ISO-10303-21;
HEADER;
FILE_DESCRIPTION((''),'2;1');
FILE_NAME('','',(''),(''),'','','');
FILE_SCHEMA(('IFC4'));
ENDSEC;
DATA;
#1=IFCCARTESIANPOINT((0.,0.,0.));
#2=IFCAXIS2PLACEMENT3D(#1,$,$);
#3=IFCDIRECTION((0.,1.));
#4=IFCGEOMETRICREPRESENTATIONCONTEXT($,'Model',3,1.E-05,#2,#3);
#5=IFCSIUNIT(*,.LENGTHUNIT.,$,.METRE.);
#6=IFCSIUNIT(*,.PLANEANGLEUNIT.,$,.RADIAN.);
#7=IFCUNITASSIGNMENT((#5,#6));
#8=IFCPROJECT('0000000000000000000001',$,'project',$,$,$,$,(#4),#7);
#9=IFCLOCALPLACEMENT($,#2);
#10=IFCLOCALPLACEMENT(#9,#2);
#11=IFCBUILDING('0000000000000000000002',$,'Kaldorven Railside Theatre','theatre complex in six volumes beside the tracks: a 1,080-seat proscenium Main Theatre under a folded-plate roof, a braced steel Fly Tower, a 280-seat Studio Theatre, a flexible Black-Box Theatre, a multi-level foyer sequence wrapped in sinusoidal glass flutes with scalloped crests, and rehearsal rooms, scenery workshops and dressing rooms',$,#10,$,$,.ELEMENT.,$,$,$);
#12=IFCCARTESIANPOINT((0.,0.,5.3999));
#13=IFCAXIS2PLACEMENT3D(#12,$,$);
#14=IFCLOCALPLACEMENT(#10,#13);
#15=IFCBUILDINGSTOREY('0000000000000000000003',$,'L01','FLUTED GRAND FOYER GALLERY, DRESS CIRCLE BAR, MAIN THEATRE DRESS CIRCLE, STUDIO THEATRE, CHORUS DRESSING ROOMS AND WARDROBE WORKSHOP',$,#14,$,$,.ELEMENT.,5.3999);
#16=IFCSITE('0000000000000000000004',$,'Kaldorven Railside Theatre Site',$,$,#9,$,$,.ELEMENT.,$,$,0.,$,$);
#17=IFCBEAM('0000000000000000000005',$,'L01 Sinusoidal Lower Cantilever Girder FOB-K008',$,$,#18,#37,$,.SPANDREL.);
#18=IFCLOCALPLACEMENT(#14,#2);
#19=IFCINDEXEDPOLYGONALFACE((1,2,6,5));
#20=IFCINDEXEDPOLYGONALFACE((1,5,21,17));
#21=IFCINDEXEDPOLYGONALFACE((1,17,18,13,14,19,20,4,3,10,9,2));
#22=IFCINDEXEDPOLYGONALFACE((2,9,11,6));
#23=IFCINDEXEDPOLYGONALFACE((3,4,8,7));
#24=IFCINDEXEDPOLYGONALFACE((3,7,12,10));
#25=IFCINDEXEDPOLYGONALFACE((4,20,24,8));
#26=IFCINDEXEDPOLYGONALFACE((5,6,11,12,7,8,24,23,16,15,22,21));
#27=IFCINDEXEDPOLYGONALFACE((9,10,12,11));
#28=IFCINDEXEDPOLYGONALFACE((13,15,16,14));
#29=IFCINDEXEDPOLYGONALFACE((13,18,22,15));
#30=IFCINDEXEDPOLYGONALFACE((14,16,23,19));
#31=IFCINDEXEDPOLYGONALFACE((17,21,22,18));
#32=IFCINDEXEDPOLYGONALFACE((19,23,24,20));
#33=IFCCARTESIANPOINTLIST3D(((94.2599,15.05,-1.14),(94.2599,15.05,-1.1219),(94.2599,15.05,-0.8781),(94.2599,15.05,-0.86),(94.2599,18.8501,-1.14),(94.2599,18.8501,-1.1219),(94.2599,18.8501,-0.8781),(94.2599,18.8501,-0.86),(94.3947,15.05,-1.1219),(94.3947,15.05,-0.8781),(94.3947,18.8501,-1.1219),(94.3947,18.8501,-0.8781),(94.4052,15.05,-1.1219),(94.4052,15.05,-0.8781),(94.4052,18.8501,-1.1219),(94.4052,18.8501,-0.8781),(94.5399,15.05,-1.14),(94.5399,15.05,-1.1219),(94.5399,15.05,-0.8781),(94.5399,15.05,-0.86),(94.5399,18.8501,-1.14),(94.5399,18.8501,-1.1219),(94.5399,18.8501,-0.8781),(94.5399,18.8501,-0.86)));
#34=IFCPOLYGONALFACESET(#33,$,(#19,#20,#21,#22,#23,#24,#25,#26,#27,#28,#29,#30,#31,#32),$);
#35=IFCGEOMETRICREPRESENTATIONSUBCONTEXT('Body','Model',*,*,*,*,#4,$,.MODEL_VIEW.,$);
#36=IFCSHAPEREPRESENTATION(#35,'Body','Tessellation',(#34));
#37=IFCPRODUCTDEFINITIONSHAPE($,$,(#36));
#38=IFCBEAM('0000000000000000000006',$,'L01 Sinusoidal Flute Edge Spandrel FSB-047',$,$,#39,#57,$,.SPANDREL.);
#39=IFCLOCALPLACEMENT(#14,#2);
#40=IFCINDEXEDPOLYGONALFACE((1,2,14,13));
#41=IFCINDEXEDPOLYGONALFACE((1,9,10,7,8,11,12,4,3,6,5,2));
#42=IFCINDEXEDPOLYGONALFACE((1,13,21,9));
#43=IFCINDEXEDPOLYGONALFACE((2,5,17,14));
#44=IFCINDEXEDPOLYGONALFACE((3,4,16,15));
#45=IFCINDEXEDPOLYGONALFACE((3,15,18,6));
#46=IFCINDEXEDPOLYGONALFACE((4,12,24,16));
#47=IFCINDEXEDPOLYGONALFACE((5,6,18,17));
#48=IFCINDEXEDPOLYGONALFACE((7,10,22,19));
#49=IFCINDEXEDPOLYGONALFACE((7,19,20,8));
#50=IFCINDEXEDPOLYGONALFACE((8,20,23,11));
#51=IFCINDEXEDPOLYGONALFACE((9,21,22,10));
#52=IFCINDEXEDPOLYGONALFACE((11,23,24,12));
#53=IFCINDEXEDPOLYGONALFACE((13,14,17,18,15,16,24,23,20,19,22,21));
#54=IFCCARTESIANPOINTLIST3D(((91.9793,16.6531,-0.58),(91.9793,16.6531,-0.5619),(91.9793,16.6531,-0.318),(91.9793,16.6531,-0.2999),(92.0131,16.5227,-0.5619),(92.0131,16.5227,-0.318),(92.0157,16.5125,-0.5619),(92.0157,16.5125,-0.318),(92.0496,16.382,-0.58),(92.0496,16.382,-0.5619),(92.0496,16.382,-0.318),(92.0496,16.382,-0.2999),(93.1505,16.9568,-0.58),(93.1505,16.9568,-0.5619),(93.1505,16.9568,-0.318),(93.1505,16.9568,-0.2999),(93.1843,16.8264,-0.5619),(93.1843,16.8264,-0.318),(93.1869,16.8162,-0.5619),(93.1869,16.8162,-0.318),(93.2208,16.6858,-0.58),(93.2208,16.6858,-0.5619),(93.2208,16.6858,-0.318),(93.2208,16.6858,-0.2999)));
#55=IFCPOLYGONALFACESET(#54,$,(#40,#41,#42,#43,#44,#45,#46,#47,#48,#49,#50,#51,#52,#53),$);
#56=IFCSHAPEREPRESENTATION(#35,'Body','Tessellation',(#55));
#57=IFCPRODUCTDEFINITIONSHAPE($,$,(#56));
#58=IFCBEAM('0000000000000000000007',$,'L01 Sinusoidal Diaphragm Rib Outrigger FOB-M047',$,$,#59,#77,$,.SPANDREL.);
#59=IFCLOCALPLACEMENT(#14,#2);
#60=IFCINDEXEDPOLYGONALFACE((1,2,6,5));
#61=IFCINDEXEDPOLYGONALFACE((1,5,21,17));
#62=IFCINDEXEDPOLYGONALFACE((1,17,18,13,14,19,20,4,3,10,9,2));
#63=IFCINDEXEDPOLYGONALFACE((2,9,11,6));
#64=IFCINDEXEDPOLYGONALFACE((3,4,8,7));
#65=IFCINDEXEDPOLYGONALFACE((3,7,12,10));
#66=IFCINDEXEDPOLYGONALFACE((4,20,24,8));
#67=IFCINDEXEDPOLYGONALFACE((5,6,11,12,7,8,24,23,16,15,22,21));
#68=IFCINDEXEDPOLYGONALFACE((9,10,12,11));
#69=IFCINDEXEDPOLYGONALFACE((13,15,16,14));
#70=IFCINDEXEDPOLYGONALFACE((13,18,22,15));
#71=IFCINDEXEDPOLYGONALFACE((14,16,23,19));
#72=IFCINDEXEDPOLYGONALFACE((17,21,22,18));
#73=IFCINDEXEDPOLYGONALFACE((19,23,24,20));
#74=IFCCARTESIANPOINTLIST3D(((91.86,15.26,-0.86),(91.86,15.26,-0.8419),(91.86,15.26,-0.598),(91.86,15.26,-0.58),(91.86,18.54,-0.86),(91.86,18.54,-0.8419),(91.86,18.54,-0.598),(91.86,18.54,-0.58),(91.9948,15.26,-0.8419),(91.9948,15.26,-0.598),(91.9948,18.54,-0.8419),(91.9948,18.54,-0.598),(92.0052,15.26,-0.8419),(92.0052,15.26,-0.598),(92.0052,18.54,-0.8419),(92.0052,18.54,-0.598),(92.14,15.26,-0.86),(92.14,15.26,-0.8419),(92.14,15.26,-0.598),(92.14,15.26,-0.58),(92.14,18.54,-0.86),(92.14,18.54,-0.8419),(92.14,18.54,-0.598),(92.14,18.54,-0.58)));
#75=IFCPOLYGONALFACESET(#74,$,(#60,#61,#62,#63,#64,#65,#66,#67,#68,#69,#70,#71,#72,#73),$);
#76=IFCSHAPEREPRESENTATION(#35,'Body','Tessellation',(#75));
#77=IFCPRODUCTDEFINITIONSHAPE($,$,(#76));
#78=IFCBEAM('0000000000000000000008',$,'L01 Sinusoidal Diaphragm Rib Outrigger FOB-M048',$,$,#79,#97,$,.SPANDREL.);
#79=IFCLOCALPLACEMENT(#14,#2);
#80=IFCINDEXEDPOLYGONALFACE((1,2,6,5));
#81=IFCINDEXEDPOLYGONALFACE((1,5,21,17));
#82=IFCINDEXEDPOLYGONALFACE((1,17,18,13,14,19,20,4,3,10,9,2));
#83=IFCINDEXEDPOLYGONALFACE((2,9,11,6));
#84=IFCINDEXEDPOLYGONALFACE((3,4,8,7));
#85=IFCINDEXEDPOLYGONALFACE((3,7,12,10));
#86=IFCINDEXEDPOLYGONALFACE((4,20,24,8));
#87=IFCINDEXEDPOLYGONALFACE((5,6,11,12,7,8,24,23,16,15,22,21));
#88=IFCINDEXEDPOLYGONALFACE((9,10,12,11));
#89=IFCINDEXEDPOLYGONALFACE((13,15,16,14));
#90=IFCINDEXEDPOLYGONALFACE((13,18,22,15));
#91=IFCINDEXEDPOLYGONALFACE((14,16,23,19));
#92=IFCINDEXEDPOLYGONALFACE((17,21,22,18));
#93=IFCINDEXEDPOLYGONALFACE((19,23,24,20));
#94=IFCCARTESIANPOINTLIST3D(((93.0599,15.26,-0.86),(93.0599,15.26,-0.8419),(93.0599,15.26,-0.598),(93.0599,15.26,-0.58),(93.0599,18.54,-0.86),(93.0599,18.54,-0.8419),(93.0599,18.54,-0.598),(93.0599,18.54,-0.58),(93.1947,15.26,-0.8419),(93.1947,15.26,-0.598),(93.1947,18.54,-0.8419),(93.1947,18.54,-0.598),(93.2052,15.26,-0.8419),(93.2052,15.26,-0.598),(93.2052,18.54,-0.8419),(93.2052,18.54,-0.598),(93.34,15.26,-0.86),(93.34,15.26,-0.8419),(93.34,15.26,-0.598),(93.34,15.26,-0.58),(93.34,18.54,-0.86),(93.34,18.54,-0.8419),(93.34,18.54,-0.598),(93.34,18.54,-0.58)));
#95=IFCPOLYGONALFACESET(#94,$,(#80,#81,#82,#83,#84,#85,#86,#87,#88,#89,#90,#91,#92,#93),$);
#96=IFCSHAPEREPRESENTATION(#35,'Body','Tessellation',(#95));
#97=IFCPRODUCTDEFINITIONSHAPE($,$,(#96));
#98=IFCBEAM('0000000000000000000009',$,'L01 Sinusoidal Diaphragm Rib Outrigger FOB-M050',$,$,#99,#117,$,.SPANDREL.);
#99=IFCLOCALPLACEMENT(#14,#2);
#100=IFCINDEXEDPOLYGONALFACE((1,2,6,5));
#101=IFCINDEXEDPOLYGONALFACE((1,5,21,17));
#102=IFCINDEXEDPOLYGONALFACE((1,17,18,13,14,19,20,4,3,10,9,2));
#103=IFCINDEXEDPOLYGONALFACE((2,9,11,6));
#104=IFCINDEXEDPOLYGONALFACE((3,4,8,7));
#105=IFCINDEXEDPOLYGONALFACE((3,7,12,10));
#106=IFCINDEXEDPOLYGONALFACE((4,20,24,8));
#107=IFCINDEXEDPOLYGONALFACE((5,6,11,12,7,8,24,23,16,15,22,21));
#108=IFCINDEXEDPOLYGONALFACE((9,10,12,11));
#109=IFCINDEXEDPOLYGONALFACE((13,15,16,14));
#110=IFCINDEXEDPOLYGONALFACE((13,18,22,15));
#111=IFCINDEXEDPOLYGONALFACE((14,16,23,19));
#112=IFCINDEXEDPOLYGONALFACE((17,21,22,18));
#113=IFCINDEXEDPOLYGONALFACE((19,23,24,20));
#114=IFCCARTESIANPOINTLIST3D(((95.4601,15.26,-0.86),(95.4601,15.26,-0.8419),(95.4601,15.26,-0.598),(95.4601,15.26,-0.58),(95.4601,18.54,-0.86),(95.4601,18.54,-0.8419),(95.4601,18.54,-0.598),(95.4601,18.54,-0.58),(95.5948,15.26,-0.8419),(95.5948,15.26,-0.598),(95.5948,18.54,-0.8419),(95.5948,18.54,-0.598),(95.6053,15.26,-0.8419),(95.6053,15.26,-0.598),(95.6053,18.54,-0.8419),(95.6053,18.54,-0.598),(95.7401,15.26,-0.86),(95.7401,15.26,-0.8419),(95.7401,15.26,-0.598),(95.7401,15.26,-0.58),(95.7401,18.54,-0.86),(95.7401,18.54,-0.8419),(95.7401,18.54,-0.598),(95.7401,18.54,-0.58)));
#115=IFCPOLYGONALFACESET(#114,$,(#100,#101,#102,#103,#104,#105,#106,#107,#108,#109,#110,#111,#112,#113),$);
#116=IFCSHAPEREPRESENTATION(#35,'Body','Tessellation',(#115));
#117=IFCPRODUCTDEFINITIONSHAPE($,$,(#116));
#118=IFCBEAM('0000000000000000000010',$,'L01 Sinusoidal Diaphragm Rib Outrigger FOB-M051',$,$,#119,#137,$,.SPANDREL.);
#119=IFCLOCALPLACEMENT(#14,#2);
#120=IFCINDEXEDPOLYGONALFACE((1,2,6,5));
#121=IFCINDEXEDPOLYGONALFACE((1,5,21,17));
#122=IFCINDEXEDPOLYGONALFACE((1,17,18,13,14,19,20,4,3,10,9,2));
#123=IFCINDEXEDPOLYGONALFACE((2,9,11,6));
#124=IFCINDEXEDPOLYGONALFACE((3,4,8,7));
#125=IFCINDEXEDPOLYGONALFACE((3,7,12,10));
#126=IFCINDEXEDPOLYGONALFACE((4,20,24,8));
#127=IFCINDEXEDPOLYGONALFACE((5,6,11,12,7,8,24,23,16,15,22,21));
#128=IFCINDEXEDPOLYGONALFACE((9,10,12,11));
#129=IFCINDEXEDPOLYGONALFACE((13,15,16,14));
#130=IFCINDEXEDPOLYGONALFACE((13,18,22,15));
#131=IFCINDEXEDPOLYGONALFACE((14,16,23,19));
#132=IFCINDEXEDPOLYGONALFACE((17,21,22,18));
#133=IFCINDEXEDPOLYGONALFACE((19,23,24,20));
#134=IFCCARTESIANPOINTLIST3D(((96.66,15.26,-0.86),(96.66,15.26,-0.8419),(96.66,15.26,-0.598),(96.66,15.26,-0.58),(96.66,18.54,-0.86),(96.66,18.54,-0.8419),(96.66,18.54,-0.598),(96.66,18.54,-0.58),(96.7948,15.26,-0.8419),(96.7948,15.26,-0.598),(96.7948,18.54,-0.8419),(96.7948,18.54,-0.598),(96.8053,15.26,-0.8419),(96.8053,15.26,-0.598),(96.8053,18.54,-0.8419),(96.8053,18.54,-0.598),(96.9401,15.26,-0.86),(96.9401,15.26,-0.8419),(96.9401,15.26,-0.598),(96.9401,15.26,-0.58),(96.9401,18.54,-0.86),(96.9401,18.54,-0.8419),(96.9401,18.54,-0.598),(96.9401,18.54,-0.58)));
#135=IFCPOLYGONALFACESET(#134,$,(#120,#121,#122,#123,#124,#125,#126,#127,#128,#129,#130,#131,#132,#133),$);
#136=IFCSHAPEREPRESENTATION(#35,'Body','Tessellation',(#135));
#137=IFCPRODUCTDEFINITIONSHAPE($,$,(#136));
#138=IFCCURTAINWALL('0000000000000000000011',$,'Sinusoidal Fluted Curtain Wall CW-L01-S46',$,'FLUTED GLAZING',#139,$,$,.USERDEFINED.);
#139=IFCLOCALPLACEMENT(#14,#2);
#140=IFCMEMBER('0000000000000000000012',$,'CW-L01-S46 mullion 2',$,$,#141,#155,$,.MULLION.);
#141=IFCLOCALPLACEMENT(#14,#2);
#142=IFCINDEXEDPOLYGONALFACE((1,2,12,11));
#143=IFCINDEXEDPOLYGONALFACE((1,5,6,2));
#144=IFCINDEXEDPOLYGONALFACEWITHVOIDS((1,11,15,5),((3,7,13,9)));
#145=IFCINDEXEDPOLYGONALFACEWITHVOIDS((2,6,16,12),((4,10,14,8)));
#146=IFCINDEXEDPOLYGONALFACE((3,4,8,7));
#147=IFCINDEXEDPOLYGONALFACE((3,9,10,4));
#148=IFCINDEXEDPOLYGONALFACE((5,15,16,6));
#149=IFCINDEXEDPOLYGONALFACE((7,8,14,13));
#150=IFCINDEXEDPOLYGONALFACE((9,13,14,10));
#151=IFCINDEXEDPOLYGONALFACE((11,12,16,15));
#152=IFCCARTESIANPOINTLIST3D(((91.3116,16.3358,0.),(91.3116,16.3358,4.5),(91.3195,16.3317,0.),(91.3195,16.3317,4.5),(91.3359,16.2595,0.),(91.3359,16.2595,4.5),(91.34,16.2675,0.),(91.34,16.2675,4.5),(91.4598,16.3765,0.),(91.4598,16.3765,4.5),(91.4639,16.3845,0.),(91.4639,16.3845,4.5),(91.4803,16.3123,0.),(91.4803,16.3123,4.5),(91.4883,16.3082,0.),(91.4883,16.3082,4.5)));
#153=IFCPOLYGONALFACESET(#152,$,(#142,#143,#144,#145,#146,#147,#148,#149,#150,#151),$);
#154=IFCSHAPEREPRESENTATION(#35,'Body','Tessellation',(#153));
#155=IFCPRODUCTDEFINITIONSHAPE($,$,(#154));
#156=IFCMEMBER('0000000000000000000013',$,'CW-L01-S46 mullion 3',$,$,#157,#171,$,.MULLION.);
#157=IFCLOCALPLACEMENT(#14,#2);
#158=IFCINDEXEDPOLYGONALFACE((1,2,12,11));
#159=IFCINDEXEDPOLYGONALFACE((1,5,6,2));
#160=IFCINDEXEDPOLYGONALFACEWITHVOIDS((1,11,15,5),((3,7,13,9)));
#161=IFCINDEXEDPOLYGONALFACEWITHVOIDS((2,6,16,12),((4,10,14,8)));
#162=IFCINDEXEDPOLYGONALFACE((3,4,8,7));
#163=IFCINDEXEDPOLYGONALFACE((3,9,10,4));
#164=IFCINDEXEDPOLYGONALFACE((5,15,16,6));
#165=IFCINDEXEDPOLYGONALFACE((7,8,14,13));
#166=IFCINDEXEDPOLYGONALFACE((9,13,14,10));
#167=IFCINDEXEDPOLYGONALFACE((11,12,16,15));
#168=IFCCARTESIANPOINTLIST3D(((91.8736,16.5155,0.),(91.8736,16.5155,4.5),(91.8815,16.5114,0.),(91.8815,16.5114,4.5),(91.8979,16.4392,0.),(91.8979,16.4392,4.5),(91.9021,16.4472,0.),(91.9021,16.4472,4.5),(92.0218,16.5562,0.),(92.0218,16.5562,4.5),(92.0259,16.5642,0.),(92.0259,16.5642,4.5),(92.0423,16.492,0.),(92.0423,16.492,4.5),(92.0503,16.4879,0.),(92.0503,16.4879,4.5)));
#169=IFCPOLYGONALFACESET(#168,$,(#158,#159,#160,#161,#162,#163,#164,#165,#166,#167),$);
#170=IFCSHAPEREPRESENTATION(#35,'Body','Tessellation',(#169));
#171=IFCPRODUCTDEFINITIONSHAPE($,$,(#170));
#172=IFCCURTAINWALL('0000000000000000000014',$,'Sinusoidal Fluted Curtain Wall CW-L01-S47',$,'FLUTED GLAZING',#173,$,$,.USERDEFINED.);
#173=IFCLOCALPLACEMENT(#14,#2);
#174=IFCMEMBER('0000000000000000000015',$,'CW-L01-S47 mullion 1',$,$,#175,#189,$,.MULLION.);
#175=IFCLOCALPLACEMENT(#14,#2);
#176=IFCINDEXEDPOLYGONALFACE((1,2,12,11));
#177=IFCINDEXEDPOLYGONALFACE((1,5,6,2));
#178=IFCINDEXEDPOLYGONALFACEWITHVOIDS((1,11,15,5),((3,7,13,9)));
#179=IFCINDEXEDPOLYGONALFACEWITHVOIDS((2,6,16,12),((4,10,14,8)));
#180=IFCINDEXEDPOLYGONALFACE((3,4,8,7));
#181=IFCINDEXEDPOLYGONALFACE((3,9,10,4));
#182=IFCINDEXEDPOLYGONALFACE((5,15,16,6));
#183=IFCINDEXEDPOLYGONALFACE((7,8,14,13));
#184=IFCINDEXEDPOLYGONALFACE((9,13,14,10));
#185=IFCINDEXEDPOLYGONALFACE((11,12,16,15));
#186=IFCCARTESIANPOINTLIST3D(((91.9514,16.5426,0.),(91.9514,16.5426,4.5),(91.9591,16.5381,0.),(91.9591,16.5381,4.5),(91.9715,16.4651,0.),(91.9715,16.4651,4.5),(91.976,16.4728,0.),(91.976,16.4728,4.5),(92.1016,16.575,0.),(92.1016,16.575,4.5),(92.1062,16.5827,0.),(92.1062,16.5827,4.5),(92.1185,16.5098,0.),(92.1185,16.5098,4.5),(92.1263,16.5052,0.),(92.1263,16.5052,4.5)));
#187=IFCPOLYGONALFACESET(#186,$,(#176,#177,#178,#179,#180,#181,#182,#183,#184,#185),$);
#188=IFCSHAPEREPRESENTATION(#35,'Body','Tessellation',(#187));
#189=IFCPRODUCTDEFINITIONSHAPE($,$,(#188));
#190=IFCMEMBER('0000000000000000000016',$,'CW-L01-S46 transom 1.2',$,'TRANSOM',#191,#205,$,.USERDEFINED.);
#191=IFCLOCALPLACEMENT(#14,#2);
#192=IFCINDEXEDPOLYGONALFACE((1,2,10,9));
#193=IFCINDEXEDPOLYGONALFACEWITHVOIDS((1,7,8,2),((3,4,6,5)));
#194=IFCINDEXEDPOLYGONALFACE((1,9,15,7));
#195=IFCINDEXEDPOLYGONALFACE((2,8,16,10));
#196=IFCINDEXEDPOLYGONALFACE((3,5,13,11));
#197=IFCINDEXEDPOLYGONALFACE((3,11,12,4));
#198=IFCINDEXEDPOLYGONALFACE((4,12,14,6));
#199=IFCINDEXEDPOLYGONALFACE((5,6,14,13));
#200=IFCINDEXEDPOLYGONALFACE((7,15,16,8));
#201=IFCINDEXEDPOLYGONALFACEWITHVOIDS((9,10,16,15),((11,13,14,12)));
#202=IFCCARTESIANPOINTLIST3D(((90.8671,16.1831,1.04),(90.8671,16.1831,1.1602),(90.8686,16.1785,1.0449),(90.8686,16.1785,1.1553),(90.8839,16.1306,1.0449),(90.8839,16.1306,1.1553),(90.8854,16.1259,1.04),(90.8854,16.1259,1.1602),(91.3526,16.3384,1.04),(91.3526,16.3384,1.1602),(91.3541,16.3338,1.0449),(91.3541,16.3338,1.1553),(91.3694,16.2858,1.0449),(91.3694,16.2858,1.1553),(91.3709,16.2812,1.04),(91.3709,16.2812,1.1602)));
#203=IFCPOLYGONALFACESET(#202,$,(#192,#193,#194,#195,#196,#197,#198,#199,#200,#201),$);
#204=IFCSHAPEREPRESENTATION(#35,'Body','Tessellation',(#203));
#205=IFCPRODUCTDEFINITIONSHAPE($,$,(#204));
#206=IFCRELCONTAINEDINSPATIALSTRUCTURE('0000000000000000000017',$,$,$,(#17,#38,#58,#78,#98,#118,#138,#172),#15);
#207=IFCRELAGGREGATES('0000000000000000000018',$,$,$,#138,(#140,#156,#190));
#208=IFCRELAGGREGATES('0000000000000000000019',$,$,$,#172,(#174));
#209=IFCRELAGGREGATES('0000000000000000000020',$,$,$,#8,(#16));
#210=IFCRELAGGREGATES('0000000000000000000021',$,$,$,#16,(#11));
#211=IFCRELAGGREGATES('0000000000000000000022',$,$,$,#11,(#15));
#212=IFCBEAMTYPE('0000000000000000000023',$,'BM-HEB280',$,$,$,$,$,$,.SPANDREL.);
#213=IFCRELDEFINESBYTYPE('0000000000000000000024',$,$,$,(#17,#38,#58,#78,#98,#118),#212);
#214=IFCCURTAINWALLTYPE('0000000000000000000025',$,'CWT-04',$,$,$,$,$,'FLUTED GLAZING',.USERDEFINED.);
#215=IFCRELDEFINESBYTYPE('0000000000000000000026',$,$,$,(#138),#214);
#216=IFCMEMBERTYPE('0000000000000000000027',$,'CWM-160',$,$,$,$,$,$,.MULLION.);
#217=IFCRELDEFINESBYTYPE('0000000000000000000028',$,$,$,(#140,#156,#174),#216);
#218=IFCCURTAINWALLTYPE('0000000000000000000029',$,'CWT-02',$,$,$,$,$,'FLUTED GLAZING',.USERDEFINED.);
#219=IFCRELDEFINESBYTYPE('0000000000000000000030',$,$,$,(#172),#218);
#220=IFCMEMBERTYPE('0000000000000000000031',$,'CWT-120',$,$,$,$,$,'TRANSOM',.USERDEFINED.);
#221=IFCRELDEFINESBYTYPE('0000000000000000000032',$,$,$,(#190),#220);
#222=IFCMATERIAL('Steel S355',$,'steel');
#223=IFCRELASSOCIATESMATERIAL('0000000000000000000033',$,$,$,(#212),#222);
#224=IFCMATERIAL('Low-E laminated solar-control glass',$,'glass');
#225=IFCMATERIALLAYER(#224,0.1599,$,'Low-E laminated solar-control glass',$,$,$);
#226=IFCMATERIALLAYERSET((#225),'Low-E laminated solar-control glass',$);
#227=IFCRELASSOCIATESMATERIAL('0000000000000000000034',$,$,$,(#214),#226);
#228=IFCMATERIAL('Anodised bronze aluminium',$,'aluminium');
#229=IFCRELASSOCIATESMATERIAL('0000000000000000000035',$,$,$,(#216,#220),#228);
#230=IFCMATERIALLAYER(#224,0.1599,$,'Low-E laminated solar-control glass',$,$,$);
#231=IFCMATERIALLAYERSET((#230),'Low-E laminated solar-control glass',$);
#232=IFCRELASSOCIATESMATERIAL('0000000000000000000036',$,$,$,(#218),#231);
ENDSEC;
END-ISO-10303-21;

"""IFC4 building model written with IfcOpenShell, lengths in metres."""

from ifc_helpers import new_model, si_unit, direction, frame, origin, origin_2d, place, context, subcontext, project, spatial, hollow_rectangle, i_section, extrude, material, layer, layer_set, material_profile, profile_set, type_object, element, aggregate, save


model = new_model("IFC4")

# Units and contexts
model_context = context("Model", 3, precision=1e-05, world=origin(), true_north=direction((0.0, 1.0)))
body_context = subcontext(model_context, "Body", "Model", "MODEL_VIEW")
ifc_project = project(units=[si_unit("LENGTHUNIT", "METRE"), si_unit("PLANEANGLEUNIT", "RADIAN")], contexts=[model_context])

# Site, building, storey
site_placement = place(None, origin())
site = spatial("IfcSite", under=ifc_project, at=site_placement, Name="Kaldorven Railside Theatre Site", CompositionType="ELEMENT", RefElevation=0.0)
building_placement = place(site_placement, origin())
building = spatial("IfcBuilding", under=site, at=building_placement, Name="Kaldorven Railside Theatre", Description="theatre complex in six volumes beside the tracks: a 1,080-seat proscenium Main Theatre under a folded-plate roof, a braced steel Fly Tower, a 280-seat Studio Theatre, a flexible Black-Box Theatre, a multi-level foyer sequence wrapped in sinusoidal glass flutes with scalloped crests, and rehearsal rooms, scenery workshops and dressing rooms", CompositionType="ELEMENT")
storey_placement = place(building_placement, frame((0.0, 0.0, 5.3999)))
storey = spatial("IfcBuildingStorey", under=building, at=storey_placement, Name="L01", Description="FLUTED GRAND FOYER GALLERY, DRESS CIRCLE BAR, MAIN THEATRE DRESS CIRCLE, STUDIO THEATRE, CHORUS DRESSING ROOMS AND WARDROBE WORKSHOP", CompositionType="ELEMENT", Elevation=5.3999)

# Beams
ifc_material_1 = material(Name="Steel S355", Category="steel")
ifc_material_profile_1 = material_profile(ifc_material_1, i_section(OverallWidth=0.28, OverallDepth=0.28, WebThickness=0.0105, FlangeThickness=0.0181, at=origin_2d()), Name="HEB 280")
ifc_profile_set_1 = profile_set([ifc_material_profile_1], Name="Steel S355")
beam_type = type_object("IfcBeamType", Name="BM-HEB280", PredefinedType="SPANDREL", material=ifc_profile_set_1)
beam_1_placement = place(storey_placement, frame((94.3999, 15.05, -1.0), z_axis=(0.0, 1.0, 0.0), x_axis=(-1.0, 0.0, 0.0)))
element("IfcBeam", 1, at=beam_1_placement, inside=storey, type_object=beam_type, Name="L01 Sinusoidal Lower Cantilever Girder FOB-K008", PredefinedType="SPANDREL", context=body_context, shape_type="SweptSolid", body=[
    extrude(i_section(OverallWidth=0.28, OverallDepth=0.28, WebThickness=0.0105, FlangeThickness=0.0181, at=origin_2d()), origin(), (0.0, 0.0, 1.0), 3.8),
])
beam_2_placement = place(storey_placement, frame((92.0144, 16.5176, -0.4399), z_axis=(0.967981, 0.251025, 0.0), x_axis=(-0.251025, 0.967981, 0.0)))
element("IfcBeam", 2, at=beam_2_placement, inside=storey, type_object=beam_type, Name="L01 Sinusoidal Flute Edge Spandrel FSB-047", PredefinedType="SPANDREL", context=body_context, shape_type="SweptSolid", body=[
    extrude(i_section(OverallWidth=0.28, OverallDepth=0.28, WebThickness=0.0105, FlangeThickness=0.0181, at=origin_2d()), origin(), (0.0, 0.0, 1.0), 1.21),
])
for number, where, z_axis, x_axis, name in (
    (3, (92.0, 15.26, -0.72), (0.0, 1.0, 0.0), (-1.0, 0.0, 0.0), "L01 Sinusoidal Diaphragm Rib Outrigger FOB-M047"),
    (4, (93.2, 15.26, -0.72), (0.0, 1.0, 0.0), (-1.0, 0.0, 0.0), "L01 Sinusoidal Diaphragm Rib Outrigger FOB-M048"),
    (5, (95.6001, 15.26, -0.72), (0.0, 1.0, 0.0), (-1.0, 0.0, 0.0), "L01 Sinusoidal Diaphragm Rib Outrigger FOB-M050"),
    (6, (96.8, 15.26, -0.72), (0.0, 1.0, 0.0), (-1.0, 0.0, 0.0), "L01 Sinusoidal Diaphragm Rib Outrigger FOB-M051"),
):
    element("IfcBeam", number, at=place(storey_placement, frame(where, z_axis=z_axis, x_axis=x_axis)), inside=storey, type_object=beam_type, Name=name, PredefinedType="SPANDREL", context=body_context, shape_type="SweptSolid", body=[
        extrude(i_section(OverallWidth=0.28, OverallDepth=0.28, WebThickness=0.0105, FlangeThickness=0.0181, at=origin_2d()), origin(), (0.0, 0.0, 1.0), 3.28),
    ])

# Curtain wall, members
ifc_material_2 = material(Name="Low-E laminated solar-control glass", Category="glass")
ifc_layer_1 = layer(ifc_material_2, 0.1599, Name="Low-E laminated solar-control glass")
ifc_layer_set_1 = layer_set([ifc_layer_1], Name="Low-E laminated solar-control glass")
curtain_wall_type_1 = type_object("IfcCurtainWallType", Name="CWT-04", ElementType="FLUTED GLAZING", PredefinedType="USERDEFINED", material=ifc_layer_set_1)
curtain_wall_1_placement = place(storey_placement, origin())
curtain_wall_1 = element("IfcCurtainWall", 7, at=curtain_wall_1_placement, inside=storey, type_object=curtain_wall_type_1, Name="Sinusoidal Fluted Curtain Wall CW-L01-S46", ObjectType="FLUTED GLAZING", PredefinedType="USERDEFINED")
ifc_material_3 = material(Name="Anodised bronze aluminium", Category="aluminium")
ifc_material_profile_2 = material_profile(ifc_material_3, hollow_rectangle(XDim=0.0801, YDim=0.1599, WallThickness=0.0063, at=origin_2d()), Name="RHS 160x80x6.3")
ifc_profile_set_2 = profile_set([ifc_material_profile_2], Name="Anodised bronze aluminium")
member_type_1 = type_object("IfcMemberType", Name="CWM-160", PredefinedType="MULLION", material=ifc_profile_set_2)
member_1_placement = place(storey_placement, frame((91.3999, 16.322, 0.0), z_axis=(0.0, 0.0, 1.0), x_axis=(-0.304488, 0.952516, 0.0)))
member_1 = element("IfcMember", 8, at=member_1_placement, type_object=member_type_1, Name="CW-L01-S46 mullion 2", PredefinedType="MULLION", context=body_context, shape_type="SweptSolid", body=[
    extrude(hollow_rectangle(XDim=0.0801, YDim=0.1599, WallThickness=0.0063, at=origin_2d()), origin(), (0.0, 0.0, 1.0), 4.5),
])
member_2_placement = place(storey_placement, frame((91.9619, 16.5017, 0.0), z_axis=(0.0, 0.0, 1.0), x_axis=(-0.304488, 0.952516, 0.0)))
member_2 = element("IfcMember", 9, at=member_2_placement, type_object=member_type_1, Name="CW-L01-S46 mullion 3", PredefinedType="MULLION", context=body_context, shape_type="SweptSolid", body=[
    extrude(hollow_rectangle(XDim=0.0801, YDim=0.1599, WallThickness=0.0063, at=origin_2d()), origin(), (0.0, 0.0, 1.0), 4.5),
])

# Curtain wall, member
ifc_layer_2 = layer(ifc_material_2, 0.1599, Name="Low-E laminated solar-control glass")
ifc_layer_set_2 = layer_set([ifc_layer_2], Name="Low-E laminated solar-control glass")
curtain_wall_type_2 = type_object("IfcCurtainWallType", Name="CWT-02", ElementType="FLUTED GLAZING", PredefinedType="USERDEFINED", material=ifc_layer_set_2)
curtain_wall_2_placement = place(storey_placement, origin())
curtain_wall_2 = element("IfcCurtainWall", 10, at=curtain_wall_2_placement, inside=storey, type_object=curtain_wall_type_2, Name="Sinusoidal Fluted Curtain Wall CW-L01-S47", ObjectType="FLUTED GLAZING", PredefinedType="USERDEFINED")
member_3_placement = place(storey_placement, frame((92.0388, 16.5239, 0.0), z_axis=(0.0, 0.0, 1.0), x_axis=(-0.250954, 0.967999, 0.0)))
member_3 = element("IfcMember", 11, at=member_3_placement, type_object=member_type_1, Name="CW-L01-S47 mullion 1", PredefinedType="MULLION", context=body_context, shape_type="SweptSolid", body=[
    extrude(hollow_rectangle(XDim=0.0801, YDim=0.1599, WallThickness=0.0063, at=origin_2d()), origin(), (0.0, 0.0, 1.0), 4.5),
])

# Member
ifc_material_profile_3 = material_profile(ifc_material_3, hollow_rectangle(XDim=0.0601, YDim=0.1201, WallThickness=0.0049, at=origin_2d()), Name="RHS 120x60x5")
ifc_profile_set_3 = profile_set([ifc_material_profile_3], Name="Anodised bronze aluminium")
member_type_2 = type_object("IfcMemberType", Name="CWT-120", ElementType="TRANSOM", PredefinedType="USERDEFINED", material=ifc_profile_set_3)
member_4_placement = place(storey_placement, frame((90.8762, 16.1545, 1.1001), z_axis=(0.952491, 0.304567, 0.0), x_axis=(-0.304567, 0.952491, 0.0)))
member_4 = element("IfcMember", 12, at=member_4_placement, type_object=member_type_2, Name="CW-L01-S46 transom 1.2", ObjectType="TRANSOM", PredefinedType="USERDEFINED", context=body_context, shape_type="SweptSolid", body=[
    extrude(hollow_rectangle(XDim=0.0601, YDim=0.1201, WallThickness=0.0049, at=origin_2d()), origin(), (0.0, 0.0, 1.0), 0.5098),
])

aggregate(curtain_wall_1, [member_1, member_2, member_4])
aggregate(curtain_wall_2, [member_3])

save(model, "model.ifc")
